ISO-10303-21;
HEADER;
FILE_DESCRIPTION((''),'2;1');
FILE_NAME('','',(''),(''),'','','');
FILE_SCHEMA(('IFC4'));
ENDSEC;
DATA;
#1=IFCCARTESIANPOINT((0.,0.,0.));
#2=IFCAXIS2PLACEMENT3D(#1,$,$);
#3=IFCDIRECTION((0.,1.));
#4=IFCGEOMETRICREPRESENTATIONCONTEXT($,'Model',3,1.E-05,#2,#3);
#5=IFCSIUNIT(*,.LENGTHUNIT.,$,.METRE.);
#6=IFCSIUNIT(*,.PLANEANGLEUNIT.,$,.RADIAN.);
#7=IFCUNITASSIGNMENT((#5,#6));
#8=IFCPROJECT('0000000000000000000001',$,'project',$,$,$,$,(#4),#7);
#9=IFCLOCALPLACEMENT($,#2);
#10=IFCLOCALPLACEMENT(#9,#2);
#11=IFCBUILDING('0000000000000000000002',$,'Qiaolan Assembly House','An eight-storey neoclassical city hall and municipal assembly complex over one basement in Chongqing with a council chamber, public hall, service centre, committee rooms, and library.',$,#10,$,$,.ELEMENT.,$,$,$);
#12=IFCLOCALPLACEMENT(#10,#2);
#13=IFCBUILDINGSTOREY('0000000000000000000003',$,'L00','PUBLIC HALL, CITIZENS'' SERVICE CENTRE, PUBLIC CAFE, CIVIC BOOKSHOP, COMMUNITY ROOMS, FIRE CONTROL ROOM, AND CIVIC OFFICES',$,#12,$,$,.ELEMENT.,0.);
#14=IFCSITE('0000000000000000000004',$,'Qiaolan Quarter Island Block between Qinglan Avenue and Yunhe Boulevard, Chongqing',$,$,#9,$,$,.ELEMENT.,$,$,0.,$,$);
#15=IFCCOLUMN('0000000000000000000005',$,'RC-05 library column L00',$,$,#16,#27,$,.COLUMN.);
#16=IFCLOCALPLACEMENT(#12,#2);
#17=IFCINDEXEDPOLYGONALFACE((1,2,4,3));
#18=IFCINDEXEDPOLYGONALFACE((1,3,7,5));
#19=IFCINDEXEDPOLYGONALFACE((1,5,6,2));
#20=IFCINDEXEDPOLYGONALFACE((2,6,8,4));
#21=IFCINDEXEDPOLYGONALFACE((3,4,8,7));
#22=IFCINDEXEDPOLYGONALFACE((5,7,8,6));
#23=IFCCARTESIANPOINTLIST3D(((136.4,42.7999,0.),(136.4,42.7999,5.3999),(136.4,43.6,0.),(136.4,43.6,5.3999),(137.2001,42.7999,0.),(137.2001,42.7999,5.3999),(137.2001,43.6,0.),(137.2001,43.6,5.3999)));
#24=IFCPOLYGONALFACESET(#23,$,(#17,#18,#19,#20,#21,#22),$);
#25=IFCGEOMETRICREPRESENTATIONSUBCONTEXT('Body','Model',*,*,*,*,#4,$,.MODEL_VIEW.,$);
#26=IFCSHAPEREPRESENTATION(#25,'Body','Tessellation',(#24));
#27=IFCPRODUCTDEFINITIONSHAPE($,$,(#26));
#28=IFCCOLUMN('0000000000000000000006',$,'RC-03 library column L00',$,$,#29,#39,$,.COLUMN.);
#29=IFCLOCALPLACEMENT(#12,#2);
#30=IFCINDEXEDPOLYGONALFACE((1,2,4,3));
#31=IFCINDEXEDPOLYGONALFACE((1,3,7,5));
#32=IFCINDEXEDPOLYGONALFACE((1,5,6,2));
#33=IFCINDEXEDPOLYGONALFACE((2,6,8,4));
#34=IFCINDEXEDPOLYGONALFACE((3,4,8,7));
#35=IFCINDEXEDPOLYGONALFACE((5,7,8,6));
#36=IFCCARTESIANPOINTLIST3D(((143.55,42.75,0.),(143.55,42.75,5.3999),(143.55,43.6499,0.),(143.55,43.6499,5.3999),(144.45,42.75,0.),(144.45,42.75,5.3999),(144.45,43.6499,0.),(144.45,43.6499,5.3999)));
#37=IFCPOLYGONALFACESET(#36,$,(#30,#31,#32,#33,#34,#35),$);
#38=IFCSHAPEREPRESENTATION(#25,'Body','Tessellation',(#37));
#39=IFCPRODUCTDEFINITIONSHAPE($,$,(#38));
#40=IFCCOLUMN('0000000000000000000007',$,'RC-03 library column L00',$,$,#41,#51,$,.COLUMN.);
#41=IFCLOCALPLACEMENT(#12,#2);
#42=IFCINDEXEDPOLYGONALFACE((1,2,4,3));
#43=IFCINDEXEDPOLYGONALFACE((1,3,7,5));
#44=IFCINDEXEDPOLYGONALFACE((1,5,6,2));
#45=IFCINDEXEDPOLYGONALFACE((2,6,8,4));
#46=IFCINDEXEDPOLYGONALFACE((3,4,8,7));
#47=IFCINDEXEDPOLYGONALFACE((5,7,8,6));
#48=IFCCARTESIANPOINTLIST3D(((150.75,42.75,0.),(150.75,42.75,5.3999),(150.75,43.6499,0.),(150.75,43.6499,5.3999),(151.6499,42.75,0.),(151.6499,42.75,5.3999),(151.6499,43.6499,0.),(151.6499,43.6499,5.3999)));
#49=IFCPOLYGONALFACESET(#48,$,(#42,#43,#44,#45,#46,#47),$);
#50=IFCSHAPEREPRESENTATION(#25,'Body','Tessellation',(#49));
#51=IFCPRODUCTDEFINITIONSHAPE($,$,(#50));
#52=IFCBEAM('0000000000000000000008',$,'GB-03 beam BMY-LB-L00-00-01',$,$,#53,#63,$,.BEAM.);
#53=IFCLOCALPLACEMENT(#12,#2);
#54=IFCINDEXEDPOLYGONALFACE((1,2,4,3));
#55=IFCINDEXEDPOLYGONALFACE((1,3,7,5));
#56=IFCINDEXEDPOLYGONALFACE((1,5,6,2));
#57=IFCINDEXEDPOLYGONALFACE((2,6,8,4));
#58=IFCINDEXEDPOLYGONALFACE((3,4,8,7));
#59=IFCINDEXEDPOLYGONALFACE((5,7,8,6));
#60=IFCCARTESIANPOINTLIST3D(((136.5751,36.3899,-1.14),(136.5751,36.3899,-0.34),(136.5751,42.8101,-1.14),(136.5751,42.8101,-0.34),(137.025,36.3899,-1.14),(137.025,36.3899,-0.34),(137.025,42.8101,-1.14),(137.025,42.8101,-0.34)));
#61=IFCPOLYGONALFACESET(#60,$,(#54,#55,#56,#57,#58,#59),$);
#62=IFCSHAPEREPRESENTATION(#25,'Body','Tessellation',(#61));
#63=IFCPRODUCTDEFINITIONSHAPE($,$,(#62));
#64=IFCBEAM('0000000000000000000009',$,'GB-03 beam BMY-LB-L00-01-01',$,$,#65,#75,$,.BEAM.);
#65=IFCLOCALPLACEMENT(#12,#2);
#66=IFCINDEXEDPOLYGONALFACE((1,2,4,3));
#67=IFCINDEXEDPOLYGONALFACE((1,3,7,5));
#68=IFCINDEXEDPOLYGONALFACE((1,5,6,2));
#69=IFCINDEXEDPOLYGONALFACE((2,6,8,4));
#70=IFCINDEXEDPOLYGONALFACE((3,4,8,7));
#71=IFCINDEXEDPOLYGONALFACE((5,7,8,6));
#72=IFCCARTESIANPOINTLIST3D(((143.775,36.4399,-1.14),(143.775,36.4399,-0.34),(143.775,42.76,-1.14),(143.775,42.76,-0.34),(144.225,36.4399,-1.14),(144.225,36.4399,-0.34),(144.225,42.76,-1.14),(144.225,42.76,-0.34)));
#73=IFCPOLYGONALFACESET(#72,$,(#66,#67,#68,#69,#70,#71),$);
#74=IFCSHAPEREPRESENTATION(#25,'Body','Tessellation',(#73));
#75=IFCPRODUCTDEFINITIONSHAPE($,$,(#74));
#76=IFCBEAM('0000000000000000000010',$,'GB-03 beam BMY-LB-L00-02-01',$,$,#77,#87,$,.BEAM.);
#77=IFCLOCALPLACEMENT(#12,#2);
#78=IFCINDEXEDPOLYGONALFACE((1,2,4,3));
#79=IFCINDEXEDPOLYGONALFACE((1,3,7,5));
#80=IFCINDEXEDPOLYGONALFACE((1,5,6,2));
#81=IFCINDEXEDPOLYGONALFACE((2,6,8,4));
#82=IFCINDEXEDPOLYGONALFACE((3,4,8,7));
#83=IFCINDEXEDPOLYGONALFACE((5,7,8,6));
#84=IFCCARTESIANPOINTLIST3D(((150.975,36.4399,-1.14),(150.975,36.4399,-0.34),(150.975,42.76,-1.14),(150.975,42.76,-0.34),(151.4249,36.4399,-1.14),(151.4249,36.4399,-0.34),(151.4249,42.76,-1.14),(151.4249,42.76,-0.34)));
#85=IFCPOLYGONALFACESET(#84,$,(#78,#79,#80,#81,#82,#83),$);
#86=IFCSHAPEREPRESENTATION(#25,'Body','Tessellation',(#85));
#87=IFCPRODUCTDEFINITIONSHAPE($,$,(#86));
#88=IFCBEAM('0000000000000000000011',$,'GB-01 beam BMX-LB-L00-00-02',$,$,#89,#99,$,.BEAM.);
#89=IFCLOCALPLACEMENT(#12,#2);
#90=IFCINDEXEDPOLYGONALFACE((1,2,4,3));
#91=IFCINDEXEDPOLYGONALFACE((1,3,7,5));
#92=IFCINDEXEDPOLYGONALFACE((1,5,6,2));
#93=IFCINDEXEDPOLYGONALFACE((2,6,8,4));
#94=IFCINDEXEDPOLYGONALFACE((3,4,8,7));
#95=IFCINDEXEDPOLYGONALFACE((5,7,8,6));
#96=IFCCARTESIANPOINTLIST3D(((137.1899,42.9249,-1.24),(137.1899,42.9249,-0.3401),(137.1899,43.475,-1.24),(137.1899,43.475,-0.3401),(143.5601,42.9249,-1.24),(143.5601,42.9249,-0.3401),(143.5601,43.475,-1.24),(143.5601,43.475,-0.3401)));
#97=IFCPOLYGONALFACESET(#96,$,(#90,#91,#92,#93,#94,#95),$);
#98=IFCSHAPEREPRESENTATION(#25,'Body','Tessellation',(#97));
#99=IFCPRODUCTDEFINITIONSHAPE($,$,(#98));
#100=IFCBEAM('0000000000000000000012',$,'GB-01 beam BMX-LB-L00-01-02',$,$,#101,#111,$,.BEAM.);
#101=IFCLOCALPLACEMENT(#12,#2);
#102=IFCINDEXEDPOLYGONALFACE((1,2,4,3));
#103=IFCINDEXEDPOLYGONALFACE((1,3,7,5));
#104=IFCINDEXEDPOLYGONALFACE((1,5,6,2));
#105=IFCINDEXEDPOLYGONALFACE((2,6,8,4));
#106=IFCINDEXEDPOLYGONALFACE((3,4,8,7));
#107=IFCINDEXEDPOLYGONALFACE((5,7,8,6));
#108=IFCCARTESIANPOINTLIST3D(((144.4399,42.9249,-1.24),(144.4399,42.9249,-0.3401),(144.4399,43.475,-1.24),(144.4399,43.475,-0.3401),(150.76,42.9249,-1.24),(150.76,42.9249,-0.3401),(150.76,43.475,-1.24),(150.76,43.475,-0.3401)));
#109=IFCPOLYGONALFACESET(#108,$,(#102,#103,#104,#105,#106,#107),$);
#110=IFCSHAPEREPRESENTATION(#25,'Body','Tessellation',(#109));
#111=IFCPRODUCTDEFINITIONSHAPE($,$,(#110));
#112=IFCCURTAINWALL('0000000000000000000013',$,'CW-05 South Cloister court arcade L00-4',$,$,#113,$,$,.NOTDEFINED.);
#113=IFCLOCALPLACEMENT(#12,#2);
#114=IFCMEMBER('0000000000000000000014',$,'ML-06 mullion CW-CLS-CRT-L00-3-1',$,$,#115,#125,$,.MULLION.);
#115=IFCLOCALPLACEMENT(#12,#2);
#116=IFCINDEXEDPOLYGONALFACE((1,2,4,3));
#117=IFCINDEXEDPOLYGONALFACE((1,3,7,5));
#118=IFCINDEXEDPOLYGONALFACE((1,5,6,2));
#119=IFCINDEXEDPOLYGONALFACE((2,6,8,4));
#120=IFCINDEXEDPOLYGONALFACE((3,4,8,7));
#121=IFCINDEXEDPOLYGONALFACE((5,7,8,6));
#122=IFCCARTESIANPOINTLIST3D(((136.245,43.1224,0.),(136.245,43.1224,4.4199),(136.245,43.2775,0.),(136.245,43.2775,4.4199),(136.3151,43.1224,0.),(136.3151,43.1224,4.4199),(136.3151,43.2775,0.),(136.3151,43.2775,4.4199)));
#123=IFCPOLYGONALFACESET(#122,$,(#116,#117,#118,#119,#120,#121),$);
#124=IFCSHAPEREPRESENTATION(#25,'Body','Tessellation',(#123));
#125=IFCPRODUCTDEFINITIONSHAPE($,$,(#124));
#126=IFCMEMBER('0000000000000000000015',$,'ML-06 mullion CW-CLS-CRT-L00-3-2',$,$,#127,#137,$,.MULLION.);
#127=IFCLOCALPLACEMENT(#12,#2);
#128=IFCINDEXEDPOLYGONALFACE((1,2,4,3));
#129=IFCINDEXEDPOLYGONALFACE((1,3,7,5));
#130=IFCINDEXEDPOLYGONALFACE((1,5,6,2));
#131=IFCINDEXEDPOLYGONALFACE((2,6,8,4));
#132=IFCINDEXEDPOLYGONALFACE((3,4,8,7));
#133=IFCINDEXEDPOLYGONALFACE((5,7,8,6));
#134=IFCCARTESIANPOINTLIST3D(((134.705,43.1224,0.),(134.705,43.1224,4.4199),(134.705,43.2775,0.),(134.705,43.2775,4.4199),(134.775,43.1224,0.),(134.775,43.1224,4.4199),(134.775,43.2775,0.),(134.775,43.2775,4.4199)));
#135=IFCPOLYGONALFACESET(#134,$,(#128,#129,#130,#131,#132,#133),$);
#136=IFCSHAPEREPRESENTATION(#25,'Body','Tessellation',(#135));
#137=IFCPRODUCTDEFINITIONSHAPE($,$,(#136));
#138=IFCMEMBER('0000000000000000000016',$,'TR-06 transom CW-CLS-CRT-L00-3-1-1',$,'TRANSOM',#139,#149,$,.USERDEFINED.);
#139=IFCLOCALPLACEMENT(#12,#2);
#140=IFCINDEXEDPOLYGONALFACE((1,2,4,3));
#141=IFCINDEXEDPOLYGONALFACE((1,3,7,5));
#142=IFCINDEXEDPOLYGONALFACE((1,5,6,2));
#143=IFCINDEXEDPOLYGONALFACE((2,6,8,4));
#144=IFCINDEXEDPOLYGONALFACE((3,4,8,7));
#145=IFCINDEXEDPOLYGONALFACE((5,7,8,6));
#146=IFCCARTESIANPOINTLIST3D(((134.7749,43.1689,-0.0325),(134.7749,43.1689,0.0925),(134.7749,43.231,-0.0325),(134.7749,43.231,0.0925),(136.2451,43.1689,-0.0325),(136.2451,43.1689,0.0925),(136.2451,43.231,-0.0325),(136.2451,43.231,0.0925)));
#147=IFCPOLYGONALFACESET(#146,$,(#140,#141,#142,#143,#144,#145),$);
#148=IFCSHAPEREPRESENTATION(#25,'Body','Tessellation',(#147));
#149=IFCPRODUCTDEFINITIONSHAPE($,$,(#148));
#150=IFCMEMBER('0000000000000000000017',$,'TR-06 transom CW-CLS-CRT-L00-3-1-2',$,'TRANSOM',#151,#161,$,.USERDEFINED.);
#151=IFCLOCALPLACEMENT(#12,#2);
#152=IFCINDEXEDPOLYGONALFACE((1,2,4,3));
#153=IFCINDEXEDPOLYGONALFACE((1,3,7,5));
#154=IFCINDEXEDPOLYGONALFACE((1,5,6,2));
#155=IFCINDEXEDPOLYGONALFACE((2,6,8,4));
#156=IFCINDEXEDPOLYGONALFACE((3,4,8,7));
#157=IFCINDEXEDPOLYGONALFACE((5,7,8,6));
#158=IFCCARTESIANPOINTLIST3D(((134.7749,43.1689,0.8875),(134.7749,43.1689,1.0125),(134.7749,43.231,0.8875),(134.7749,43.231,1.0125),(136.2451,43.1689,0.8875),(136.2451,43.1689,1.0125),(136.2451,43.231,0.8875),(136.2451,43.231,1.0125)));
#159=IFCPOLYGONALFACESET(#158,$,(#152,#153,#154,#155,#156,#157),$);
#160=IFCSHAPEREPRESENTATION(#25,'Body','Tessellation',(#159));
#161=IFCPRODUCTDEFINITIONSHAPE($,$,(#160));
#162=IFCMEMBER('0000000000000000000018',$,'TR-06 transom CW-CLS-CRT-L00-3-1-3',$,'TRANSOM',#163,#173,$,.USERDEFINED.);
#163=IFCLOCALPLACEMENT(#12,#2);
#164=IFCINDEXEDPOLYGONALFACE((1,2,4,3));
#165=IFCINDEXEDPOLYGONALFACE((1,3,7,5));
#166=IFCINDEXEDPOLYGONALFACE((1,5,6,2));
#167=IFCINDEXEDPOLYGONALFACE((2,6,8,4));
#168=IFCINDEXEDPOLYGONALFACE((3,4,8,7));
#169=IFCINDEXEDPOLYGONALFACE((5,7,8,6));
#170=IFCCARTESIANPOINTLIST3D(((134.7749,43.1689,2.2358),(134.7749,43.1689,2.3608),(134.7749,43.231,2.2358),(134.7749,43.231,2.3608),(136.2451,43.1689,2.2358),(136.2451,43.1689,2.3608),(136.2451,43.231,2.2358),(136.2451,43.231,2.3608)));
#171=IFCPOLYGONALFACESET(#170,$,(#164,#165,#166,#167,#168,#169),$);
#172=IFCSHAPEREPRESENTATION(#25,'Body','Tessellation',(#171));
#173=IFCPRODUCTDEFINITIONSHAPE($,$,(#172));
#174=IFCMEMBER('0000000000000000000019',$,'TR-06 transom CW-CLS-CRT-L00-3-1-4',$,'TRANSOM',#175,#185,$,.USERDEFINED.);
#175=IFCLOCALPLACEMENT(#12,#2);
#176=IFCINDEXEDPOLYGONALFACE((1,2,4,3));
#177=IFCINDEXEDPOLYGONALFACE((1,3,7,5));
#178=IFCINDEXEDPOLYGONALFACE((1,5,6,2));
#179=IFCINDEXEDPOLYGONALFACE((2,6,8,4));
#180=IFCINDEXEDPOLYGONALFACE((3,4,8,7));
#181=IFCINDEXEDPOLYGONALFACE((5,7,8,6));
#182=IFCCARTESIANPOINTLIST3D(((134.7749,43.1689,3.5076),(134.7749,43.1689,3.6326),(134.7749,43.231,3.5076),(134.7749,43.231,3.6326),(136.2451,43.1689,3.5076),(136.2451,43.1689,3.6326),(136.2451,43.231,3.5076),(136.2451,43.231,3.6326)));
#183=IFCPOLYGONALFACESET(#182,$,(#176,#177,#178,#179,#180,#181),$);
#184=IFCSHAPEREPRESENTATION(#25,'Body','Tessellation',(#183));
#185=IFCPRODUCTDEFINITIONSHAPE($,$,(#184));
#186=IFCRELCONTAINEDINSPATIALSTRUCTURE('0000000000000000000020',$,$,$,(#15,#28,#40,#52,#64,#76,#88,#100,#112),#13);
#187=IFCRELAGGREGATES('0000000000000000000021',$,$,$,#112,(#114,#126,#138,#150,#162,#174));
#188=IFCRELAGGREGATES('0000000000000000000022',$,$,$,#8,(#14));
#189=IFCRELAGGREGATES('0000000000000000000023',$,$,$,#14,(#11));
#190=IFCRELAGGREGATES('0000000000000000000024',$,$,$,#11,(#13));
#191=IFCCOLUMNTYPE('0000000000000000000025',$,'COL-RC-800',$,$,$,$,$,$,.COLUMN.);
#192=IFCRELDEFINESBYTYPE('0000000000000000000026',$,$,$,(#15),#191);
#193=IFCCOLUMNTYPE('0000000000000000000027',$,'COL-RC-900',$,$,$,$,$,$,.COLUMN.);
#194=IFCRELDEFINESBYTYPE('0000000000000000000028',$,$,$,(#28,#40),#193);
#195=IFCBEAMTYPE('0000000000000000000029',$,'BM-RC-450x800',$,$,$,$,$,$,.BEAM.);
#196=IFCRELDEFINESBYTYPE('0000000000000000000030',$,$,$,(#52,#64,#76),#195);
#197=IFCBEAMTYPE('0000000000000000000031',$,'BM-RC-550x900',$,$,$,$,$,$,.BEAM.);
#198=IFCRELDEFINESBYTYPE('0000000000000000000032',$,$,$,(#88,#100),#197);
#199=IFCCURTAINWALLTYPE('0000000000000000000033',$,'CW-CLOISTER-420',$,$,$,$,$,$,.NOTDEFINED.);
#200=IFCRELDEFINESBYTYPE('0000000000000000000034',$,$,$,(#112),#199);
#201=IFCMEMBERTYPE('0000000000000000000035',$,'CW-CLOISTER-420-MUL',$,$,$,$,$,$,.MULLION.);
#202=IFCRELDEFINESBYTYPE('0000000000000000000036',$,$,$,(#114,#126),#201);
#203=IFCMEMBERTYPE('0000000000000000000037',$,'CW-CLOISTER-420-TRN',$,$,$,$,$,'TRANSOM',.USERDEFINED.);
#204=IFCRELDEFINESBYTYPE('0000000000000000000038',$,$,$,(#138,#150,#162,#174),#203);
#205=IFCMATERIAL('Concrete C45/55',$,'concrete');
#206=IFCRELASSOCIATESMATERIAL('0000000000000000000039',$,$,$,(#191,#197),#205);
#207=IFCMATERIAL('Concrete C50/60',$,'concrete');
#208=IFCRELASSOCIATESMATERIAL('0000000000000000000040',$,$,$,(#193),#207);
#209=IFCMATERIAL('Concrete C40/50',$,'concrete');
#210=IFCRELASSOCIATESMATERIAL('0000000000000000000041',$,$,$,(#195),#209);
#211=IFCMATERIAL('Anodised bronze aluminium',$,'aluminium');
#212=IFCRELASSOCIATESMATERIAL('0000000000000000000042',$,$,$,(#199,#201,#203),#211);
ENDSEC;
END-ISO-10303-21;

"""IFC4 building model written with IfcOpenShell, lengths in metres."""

from ifc_helpers import new_model, si_unit, direction, frame, origin, origin_2d, place, context, subcontext, project, spatial, rectangle, extrude, material, material_profile, profile_set, type_object, element, aggregate, save


model = new_model("IFC4")

# Units and contexts
model_context = context("Model", 3, precision=1e-05, world=origin(), true_north=direction((0.0, 1.0)))
body_context = subcontext(model_context, "Body", "Model", "MODEL_VIEW")
ifc_project = project(units=[si_unit("LENGTHUNIT", "METRE"), si_unit("PLANEANGLEUNIT", "RADIAN")], contexts=[model_context])

# Site, building, storey
site_placement = place(None, origin())
site = spatial("IfcSite", under=ifc_project, at=site_placement, Name="Qiaolan Quarter Island Block between Qinglan Avenue and Yunhe Boulevard, Chongqing", CompositionType="ELEMENT", RefElevation=0.0)
building_placement = place(site_placement, origin())
building = spatial("IfcBuilding", under=site, at=building_placement, Name="Qiaolan Assembly House", Description="An eight-storey neoclassical city hall and municipal assembly complex over one basement in Chongqing with a council chamber, public hall, service centre, committee rooms, and library.", CompositionType="ELEMENT")
storey_placement = place(building_placement, origin())
storey = spatial("IfcBuildingStorey", under=building, at=storey_placement, Name="L00", Description="PUBLIC HALL, CITIZENS' SERVICE CENTRE, PUBLIC CAFE, CIVIC BOOKSHOP, COMMUNITY ROOMS, FIRE CONTROL ROOM, AND CIVIC OFFICES", CompositionType="ELEMENT", Elevation=0.0)

# Columns
ifc_material_1 = material(Name="Concrete C45/55", Category="concrete")
ifc_material_profile_1 = material_profile(ifc_material_1, rectangle(XDim=0.8, YDim=0.8, at=origin_2d()), Name="RC 800x800")
ifc_profile_set_1 = profile_set([ifc_material_profile_1], Name="Concrete C45/55")
column_type_1 = type_object("IfcColumnType", Name="COL-RC-800", PredefinedType="COLUMN", material=ifc_profile_set_1)
column_placement = place(storey_placement, frame((136.8, 43.2, 0.0), z_axis=(0.0, 0.0, 1.0), x_axis=(1.0, 0.0, 0.0)))
element("IfcColumn", 1, at=column_placement, inside=storey, type_object=column_type_1, Name="RC-05 library column L00", PredefinedType="COLUMN", context=body_context, shape_type="SweptSolid", body=[
    extrude(rectangle(XDim=0.8, YDim=0.8, at=origin_2d()), origin(), (0.0, 0.0, 1.0), 5.3999),
])
ifc_material_2 = material(Name="Concrete C50/60", Category="concrete")
ifc_material_profile_2 = material_profile(ifc_material_2, rectangle(XDim=0.8999, YDim=0.8999, at=origin_2d()), Name="RC 900x900")
ifc_profile_set_2 = profile_set([ifc_material_profile_2], Name="Concrete C50/60")
column_type_2 = type_object("IfcColumnType", Name="COL-RC-900", PredefinedType="COLUMN", material=ifc_profile_set_2)
for number, where, z_axis, x_axis, name in (
    (2, (144.0, 43.2, 0.0), (0.0, 0.0, 1.0), (1.0, 0.0, 0.0), "RC-03 library column L00"),
    (3, (151.2, 43.2, 0.0), (0.0, 0.0, 1.0), (1.0, 0.0, 0.0), "RC-03 library column L00"),
):
    element("IfcColumn", number, at=place(storey_placement, frame(where, z_axis=z_axis, x_axis=x_axis)), inside=storey, type_object=column_type_2, Name=name, PredefinedType="COLUMN", context=body_context, shape_type="SweptSolid", body=[
        extrude(rectangle(XDim=0.8999, YDim=0.8999, at=origin_2d()), origin(), (0.0, 0.0, 1.0), 5.3999),
    ])

# Beams
ifc_material_3 = material(Name="Concrete C40/50", Category="concrete")
ifc_material_profile_3 = material_profile(ifc_material_3, rectangle(XDim=0.45, YDim=0.8, at=origin_2d()), Name="RCB 450x800")
ifc_profile_set_3 = profile_set([ifc_material_profile_3], Name="Concrete C40/50")
beam_type_1 = type_object("IfcBeamType", Name="BM-RC-450x800", PredefinedType="BEAM", material=ifc_profile_set_3)
beam_1_placement = place(storey_placement, frame((136.8, 36.3899, -0.74), z_axis=(0.0, 1.0, 0.0), x_axis=(-1.0, 0.0, 0.0)))
element("IfcBeam", 4, at=beam_1_placement, inside=storey, type_object=beam_type_1, Name="GB-03 beam BMY-LB-L00-00-01", PredefinedType="BEAM", context=body_context, shape_type="SweptSolid", body=[
    extrude(rectangle(XDim=0.45, YDim=0.8, at=origin_2d()), origin(), (0.0, 0.0, 1.0), 6.4202),
])
for number, where, z_axis, x_axis, name in (
    (5, (144.0, 36.4399, -0.74), (0.0, 1.0, 0.0), (-1.0, 0.0, 0.0), "GB-03 beam BMY-LB-L00-01-01"),
    (6, (151.2, 36.4399, -0.74), (0.0, 1.0, 0.0), (-1.0, 0.0, 0.0), "GB-03 beam BMY-LB-L00-02-01"),
):
    element("IfcBeam", number, at=place(storey_placement, frame(where, z_axis=z_axis, x_axis=x_axis)), inside=storey, type_object=beam_type_1, Name=name, PredefinedType="BEAM", context=body_context, shape_type="SweptSolid", body=[
        extrude(rectangle(XDim=0.45, YDim=0.8, at=origin_2d()), origin(), (0.0, 0.0, 1.0), 6.3201),
    ])
ifc_material_profile_4 = material_profile(ifc_material_1, rectangle(XDim=0.55, YDim=0.8999, at=origin_2d()), Name="RCB 550x900")
ifc_profile_set_4 = profile_set([ifc_material_profile_4], Name="Concrete C45/55")
beam_type_2 = type_object("IfcBeamType", Name="BM-RC-550x900", PredefinedType="BEAM", material=ifc_profile_set_4)
beam_2_placement = place(storey_placement, frame((137.1899, 43.2, -0.79), z_axis=(1.0, 0.0, 0.0), x_axis=(0.0, 1.0, 0.0)))
element("IfcBeam", 7, at=beam_2_placement, inside=storey, type_object=beam_type_2, Name="GB-01 beam BMX-LB-L00-00-02", PredefinedType="BEAM", context=body_context, shape_type="SweptSolid", body=[
    extrude(rectangle(XDim=0.55, YDim=0.8999, at=origin_2d()), origin(), (0.0, 0.0, 1.0), 6.3701),
])
beam_3_placement = place(storey_placement, frame((144.4399, 43.2, -0.79), z_axis=(1.0, 0.0, 0.0), x_axis=(0.0, 1.0, 0.0)))
element("IfcBeam", 8, at=beam_3_placement, inside=storey, type_object=beam_type_2, Name="GB-01 beam BMX-LB-L00-01-02", PredefinedType="BEAM", context=body_context, shape_type="SweptSolid", body=[
    extrude(rectangle(XDim=0.55, YDim=0.8999, at=origin_2d()), origin(), (0.0, 0.0, 1.0), 6.3201),
])

# Curtain wall, members
ifc_material_4 = material(Name="Anodised bronze aluminium", Category="aluminium")
curtain_wall_type = type_object("IfcCurtainWallType", Name="CW-CLOISTER-420", PredefinedType="NOTDEFINED", material=ifc_material_4)
curtain_wall_placement = place(storey_placement, origin())
curtain_wall = element("IfcCurtainWall", 9, at=curtain_wall_placement, inside=storey, type_object=curtain_wall_type, Name="CW-05 South Cloister court arcade L00-4", PredefinedType="NOTDEFINED")
ifc_material_profile_5 = material_profile(ifc_material_4, rectangle(XDim=0.0701, YDim=0.155, at=origin_2d()), Name="MUL 70x155")
ifc_profile_set_5 = profile_set([ifc_material_profile_5], Name="Anodised bronze aluminium")
member_type_1 = type_object("IfcMemberType", Name="CW-CLOISTER-420-MUL", PredefinedType="MULLION", material=ifc_profile_set_5)
member_1_placement = place(storey_placement, frame((136.28, 43.2, 0.0), z_axis=(0.0, 0.0, 1.0), x_axis=(-1.0, 0.0, 0.0)))
member_1 = element("IfcMember", 10, at=member_1_placement, type_object=member_type_1, Name="ML-06 mullion CW-CLS-CRT-L00-3-1", PredefinedType="MULLION", context=body_context, shape_type="SweptSolid", body=[
    extrude(rectangle(XDim=0.0701, YDim=0.155, at=origin_2d()), origin(), (0.0, 0.0, 1.0), 4.4199),
])
member_2_placement = place(storey_placement, frame((134.74, 43.2, 0.0), z_axis=(0.0, 0.0, 1.0), x_axis=(-1.0, 0.0, 0.0)))
member_2 = element("IfcMember", 11, at=member_2_placement, type_object=member_type_1, Name="ML-06 mullion CW-CLS-CRT-L00-3-2", PredefinedType="MULLION", context=body_context, shape_type="SweptSolid", body=[
    extrude(rectangle(XDim=0.0701, YDim=0.155, at=origin_2d()), origin(), (0.0, 0.0, 1.0), 4.4199),
])
ifc_material_profile_6 = material_profile(ifc_material_4, rectangle(XDim=0.062, YDim=0.125, at=origin_2d()), Name="TRN 62x125")
ifc_profile_set_6 = profile_set([ifc_material_profile_6], Name="Anodised bronze aluminium")
member_type_2 = type_object("IfcMemberType", Name="CW-CLOISTER-420-TRN", ElementType="TRANSOM", PredefinedType="USERDEFINED", material=ifc_profile_set_6)
member_3_placement = place(storey_placement, frame((136.2451, 43.2, 0.03), z_axis=(-1.0, 0.0, 0.0), x_axis=(0.0, -1.0, 0.0)))
member_3 = element("IfcMember", 12, at=member_3_placement, type_object=member_type_2, Name="TR-06 transom CW-CLS-CRT-L00-3-1-1", ObjectType="TRANSOM", PredefinedType="USERDEFINED", context=body_context, shape_type="SweptSolid", body=[
    extrude(rectangle(XDim=0.062, YDim=0.125, at=origin_2d()), origin(), (0.0, 0.0, 1.0), 1.4702),
])
member_4_placement = place(storey_placement, frame((136.2451, 43.2, 0.95), z_axis=(-1.0, 0.0, 0.0), x_axis=(0.0, -1.0, 0.0)))
member_4 = element("IfcMember", 13, at=member_4_placement, type_object=member_type_2, Name="TR-06 transom CW-CLS-CRT-L00-3-1-2", ObjectType="TRANSOM", PredefinedType="USERDEFINED", context=body_context, shape_type="SweptSolid", body=[
    extrude(rectangle(XDim=0.062, YDim=0.125, at=origin_2d()), origin(), (0.0, 0.0, 1.0), 1.4702),
])
member_5_placement = place(storey_placement, frame((136.2451, 43.2, 2.2983), z_axis=(-1.0, 0.0, 0.0), x_axis=(0.0, -1.0, 0.0)))
member_5 = element("IfcMember", 14, at=member_5_placement, type_object=member_type_2, Name="TR-06 transom CW-CLS-CRT-L00-3-1-3", ObjectType="TRANSOM", PredefinedType="USERDEFINED", context=body_context, shape_type="SweptSolid", body=[
    extrude(rectangle(XDim=0.062, YDim=0.125, at=origin_2d()), origin(), (0.0, 0.0, 1.0), 1.4702),
])
member_6_placement = place(storey_placement, frame((136.2451, 43.2, 3.5701), z_axis=(-1.0, 0.0, 0.0), x_axis=(0.0, -1.0, 0.0)))
member_6 = element("IfcMember", 15, at=member_6_placement, type_object=member_type_2, Name="TR-06 transom CW-CLS-CRT-L00-3-1-4", ObjectType="TRANSOM", PredefinedType="USERDEFINED", context=body_context, shape_type="SweptSolid", body=[
    extrude(rectangle(XDim=0.062, YDim=0.125, at=origin_2d()), origin(), (0.0, 0.0, 1.0), 1.4702),
])

aggregate(curtain_wall, [member_1, member_2, member_3, member_4, member_5, member_6])

save(model, "model.ifc")
